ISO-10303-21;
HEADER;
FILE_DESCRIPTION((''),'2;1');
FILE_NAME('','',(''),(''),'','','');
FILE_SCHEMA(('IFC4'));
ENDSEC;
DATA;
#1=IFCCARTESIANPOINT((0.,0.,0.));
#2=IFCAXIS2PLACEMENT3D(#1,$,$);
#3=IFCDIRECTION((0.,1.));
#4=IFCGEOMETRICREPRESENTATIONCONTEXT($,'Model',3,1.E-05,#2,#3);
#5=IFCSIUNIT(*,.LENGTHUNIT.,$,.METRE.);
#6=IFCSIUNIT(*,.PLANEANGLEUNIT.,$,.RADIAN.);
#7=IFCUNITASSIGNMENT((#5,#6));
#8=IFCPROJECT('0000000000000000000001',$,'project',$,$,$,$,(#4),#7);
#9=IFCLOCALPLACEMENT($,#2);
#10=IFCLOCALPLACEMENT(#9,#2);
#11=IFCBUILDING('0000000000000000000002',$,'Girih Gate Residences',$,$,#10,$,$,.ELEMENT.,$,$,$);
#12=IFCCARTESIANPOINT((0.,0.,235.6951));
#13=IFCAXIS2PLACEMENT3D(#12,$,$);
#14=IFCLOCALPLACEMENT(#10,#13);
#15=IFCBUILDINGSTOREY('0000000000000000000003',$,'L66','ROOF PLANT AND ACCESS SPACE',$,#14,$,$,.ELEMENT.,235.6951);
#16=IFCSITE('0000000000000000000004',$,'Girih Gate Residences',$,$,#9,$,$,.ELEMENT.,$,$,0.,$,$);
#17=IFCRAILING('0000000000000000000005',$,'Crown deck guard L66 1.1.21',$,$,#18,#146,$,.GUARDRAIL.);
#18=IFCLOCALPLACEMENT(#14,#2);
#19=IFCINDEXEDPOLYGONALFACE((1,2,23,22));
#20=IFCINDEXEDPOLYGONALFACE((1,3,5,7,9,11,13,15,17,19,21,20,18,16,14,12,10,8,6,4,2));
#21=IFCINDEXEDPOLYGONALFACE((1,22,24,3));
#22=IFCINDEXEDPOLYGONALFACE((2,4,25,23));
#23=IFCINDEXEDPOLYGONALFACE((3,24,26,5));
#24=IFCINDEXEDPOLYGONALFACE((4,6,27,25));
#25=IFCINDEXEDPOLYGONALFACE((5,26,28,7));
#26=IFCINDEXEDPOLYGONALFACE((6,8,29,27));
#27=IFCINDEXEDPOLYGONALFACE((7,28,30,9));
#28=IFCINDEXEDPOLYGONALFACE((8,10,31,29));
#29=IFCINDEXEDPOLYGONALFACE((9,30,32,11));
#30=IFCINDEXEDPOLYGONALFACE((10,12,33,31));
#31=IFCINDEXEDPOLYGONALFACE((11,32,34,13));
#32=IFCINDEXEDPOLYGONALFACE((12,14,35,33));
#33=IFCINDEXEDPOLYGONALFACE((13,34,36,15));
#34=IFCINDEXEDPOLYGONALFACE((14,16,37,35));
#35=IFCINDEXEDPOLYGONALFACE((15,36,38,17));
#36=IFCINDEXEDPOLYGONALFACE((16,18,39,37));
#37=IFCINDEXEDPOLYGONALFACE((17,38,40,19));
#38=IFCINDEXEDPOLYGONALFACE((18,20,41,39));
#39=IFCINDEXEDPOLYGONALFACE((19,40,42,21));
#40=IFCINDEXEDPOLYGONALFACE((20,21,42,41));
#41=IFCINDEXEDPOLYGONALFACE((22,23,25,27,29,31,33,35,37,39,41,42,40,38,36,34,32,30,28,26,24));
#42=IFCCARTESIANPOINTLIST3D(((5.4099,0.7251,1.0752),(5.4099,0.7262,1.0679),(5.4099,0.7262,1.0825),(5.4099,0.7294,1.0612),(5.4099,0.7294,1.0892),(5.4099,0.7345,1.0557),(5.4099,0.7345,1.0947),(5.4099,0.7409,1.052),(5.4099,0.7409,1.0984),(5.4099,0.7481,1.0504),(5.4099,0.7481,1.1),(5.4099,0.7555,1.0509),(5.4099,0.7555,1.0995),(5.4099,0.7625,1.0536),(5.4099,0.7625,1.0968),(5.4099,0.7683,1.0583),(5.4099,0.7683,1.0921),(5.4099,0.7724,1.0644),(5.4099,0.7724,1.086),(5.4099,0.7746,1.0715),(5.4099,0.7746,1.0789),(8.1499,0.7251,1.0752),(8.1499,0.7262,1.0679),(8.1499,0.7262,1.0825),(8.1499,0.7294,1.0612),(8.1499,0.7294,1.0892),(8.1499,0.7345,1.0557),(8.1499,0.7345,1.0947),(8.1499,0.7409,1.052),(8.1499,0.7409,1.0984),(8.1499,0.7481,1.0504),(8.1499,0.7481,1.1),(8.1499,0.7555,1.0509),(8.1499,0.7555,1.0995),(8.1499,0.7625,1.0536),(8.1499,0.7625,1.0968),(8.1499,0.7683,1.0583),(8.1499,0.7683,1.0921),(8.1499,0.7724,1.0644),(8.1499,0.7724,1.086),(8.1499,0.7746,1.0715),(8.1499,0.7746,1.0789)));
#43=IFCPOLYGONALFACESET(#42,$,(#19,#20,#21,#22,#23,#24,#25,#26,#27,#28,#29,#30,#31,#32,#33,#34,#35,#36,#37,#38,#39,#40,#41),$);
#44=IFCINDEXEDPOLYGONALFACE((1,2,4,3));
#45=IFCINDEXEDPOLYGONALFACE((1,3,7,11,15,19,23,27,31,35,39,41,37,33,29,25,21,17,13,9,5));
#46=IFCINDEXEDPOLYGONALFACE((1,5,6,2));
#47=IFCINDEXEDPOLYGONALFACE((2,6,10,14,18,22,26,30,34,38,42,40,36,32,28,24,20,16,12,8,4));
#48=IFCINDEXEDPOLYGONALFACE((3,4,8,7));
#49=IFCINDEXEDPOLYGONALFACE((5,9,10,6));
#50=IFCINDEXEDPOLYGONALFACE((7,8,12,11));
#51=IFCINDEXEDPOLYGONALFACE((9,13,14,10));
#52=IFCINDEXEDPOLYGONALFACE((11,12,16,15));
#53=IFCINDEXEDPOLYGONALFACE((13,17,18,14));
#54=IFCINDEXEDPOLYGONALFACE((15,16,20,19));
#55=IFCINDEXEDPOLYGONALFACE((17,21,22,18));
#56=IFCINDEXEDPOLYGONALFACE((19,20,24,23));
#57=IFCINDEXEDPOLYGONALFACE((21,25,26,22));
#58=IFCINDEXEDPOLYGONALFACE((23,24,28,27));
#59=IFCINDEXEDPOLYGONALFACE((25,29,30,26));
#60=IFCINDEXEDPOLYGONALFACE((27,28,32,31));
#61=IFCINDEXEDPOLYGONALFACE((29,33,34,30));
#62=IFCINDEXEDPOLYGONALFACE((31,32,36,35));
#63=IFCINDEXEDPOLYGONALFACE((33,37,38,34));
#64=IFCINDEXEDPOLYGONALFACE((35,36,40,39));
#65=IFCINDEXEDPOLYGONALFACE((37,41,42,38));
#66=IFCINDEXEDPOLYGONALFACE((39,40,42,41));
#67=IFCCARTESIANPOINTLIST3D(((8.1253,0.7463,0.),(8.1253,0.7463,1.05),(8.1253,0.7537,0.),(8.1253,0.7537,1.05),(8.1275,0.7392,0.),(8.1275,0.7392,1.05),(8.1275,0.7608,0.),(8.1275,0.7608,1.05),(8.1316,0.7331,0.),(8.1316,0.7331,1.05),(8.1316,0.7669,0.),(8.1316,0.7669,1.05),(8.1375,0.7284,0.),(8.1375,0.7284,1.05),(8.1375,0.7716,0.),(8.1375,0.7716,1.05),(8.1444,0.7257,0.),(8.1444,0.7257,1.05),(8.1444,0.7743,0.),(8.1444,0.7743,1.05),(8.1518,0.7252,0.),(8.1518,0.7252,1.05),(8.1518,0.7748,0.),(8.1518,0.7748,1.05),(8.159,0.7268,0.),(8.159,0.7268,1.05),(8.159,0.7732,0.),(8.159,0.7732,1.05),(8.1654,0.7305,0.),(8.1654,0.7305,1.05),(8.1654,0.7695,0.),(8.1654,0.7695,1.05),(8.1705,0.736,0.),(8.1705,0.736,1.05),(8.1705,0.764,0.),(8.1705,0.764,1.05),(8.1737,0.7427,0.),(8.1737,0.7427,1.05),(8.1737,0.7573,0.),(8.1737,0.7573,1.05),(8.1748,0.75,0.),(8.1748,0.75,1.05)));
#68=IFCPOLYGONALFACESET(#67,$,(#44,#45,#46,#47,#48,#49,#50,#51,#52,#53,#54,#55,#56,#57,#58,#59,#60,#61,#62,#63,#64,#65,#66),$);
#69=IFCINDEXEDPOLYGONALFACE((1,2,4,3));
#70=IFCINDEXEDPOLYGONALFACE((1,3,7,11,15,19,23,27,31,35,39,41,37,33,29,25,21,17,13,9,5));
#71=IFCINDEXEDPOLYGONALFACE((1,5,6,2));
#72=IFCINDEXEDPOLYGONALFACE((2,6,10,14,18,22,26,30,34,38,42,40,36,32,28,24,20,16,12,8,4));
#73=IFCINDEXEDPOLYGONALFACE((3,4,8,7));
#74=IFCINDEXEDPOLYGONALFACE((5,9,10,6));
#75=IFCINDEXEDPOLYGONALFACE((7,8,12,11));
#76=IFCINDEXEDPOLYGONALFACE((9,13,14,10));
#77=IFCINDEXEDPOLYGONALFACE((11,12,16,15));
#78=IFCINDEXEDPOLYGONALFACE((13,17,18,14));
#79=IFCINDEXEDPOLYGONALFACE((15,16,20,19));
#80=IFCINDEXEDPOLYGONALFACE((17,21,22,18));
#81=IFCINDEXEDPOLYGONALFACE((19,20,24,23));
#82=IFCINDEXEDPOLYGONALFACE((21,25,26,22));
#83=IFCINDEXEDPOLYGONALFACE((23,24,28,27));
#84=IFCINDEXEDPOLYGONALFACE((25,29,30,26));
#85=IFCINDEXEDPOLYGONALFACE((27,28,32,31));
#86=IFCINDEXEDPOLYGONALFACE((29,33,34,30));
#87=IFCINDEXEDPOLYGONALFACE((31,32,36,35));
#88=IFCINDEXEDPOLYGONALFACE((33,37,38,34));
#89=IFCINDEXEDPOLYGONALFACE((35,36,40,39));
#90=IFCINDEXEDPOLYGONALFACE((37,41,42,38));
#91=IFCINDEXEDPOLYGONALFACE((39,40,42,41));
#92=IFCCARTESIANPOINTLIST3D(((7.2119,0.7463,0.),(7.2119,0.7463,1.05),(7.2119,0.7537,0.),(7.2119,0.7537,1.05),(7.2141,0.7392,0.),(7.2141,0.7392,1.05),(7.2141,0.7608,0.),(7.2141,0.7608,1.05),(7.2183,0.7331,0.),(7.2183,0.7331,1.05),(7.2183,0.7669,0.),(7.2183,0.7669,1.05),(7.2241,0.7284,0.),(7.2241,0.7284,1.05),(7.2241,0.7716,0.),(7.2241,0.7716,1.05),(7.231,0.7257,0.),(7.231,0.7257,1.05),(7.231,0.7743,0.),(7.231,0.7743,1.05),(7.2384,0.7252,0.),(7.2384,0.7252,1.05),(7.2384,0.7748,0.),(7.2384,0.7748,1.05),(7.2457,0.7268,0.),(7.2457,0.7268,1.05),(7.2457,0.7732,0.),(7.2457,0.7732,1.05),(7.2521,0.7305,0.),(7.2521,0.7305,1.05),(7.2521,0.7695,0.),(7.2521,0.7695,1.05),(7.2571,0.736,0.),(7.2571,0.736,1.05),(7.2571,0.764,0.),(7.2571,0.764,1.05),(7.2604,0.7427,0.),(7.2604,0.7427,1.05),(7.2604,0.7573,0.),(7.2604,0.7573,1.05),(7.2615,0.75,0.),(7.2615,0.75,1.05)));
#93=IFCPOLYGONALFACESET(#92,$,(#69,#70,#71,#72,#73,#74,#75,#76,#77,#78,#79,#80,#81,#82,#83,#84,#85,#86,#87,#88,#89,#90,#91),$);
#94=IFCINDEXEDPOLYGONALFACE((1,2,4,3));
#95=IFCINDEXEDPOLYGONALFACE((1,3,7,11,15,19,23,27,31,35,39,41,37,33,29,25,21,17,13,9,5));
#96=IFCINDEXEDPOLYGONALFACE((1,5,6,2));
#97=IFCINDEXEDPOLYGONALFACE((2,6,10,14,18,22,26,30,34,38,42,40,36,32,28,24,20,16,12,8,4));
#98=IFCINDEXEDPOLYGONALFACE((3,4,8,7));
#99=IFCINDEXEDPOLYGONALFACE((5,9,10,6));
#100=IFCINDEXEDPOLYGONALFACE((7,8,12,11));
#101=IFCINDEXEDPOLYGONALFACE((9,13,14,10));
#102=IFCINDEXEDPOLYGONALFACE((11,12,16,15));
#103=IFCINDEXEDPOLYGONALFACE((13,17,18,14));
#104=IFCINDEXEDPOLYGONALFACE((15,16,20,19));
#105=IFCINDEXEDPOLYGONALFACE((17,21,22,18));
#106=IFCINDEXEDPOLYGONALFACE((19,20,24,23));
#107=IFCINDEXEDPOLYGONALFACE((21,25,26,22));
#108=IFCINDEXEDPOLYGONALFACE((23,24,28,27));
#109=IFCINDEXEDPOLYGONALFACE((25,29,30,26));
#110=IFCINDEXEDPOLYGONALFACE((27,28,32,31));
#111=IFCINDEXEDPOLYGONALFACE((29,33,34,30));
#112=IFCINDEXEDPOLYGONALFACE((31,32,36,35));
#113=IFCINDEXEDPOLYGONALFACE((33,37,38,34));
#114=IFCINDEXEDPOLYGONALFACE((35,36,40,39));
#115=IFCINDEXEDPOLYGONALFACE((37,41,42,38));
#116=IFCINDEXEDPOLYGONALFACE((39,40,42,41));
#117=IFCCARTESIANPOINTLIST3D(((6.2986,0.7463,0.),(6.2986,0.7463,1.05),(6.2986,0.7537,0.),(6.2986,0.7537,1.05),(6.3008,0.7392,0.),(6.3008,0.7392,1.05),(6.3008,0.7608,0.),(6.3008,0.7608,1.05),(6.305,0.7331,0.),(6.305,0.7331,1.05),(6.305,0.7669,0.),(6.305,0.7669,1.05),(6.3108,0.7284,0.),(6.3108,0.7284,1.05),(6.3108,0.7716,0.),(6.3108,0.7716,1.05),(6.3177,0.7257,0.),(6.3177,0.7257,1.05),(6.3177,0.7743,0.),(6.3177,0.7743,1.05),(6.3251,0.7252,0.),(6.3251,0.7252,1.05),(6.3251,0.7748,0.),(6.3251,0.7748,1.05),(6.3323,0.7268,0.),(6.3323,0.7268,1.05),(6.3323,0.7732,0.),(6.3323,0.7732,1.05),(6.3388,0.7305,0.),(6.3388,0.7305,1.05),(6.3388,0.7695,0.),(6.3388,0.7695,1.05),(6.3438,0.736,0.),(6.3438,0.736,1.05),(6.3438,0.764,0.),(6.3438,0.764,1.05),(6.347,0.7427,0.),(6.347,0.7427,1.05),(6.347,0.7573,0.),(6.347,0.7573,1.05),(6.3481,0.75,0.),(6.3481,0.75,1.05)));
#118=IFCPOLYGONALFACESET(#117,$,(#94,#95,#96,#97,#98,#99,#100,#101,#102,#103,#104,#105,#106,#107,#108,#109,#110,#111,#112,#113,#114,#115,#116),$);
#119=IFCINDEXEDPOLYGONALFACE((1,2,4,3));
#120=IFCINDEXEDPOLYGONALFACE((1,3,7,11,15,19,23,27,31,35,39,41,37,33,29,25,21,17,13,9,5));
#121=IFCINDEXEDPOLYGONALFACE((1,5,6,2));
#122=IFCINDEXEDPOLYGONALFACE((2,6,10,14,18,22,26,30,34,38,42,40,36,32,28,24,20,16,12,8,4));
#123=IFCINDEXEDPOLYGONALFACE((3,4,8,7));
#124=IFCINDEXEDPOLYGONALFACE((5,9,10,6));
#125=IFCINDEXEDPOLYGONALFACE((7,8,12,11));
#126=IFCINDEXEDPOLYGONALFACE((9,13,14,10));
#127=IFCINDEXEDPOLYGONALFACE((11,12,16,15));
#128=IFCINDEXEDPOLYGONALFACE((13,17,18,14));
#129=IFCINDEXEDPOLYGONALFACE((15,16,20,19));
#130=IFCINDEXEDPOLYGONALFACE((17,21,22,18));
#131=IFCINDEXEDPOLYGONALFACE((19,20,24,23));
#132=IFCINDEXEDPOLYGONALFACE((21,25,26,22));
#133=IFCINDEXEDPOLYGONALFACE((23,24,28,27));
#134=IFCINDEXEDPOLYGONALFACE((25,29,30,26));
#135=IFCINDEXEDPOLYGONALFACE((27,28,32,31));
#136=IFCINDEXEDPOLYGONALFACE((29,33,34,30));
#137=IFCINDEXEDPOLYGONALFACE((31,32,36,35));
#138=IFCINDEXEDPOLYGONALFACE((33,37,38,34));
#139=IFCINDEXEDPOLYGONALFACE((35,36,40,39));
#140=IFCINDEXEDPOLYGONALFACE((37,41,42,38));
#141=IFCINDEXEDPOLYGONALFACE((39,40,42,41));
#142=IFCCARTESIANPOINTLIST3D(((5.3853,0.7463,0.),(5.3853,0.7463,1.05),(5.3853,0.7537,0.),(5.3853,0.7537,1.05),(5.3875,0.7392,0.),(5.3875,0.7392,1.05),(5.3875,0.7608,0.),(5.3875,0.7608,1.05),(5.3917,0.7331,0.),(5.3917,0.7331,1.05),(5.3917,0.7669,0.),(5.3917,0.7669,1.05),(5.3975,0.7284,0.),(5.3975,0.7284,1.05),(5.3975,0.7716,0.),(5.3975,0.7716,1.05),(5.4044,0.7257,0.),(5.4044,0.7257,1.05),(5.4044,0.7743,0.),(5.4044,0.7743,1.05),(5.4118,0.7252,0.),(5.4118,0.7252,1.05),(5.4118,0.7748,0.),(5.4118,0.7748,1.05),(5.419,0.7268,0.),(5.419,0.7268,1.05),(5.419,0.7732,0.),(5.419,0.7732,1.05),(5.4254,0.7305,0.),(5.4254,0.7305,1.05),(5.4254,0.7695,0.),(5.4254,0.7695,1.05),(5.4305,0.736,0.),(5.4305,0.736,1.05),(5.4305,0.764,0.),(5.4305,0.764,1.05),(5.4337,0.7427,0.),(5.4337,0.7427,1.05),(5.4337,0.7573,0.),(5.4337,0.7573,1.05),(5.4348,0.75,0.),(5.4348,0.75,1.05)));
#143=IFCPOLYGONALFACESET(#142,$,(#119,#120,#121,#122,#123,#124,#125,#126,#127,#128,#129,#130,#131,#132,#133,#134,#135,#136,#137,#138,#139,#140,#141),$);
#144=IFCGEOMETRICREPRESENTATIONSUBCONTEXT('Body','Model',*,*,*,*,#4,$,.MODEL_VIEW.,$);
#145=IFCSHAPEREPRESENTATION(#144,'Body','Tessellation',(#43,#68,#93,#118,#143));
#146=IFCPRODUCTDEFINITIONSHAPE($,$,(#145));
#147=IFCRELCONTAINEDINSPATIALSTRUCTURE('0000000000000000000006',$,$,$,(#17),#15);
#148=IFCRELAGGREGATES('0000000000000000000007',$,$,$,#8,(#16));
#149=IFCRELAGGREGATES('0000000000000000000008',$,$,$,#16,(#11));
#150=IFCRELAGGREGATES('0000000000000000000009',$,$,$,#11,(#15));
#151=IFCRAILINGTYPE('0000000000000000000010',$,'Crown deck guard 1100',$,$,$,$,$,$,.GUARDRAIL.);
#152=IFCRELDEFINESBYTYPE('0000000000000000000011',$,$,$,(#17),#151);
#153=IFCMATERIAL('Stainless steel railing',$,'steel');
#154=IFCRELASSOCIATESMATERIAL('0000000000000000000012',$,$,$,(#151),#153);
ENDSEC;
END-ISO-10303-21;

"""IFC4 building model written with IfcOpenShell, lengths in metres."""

from ifc_helpers import new_model, si_unit, direction, frame, origin, origin_2d, place, context, subcontext, project, spatial, circle, extrude, material, type_object, element, save


model = new_model("IFC4")

# Units and contexts
model_context = context("Model", 3, precision=1e-05, world=origin(), true_north=direction((0.0, 1.0)))
body_context = subcontext(model_context, "Body", "Model", "MODEL_VIEW")
ifc_project = project(units=[si_unit("LENGTHUNIT", "METRE"), si_unit("PLANEANGLEUNIT", "RADIAN")], contexts=[model_context])

# Site, building, storey
site_placement = place(None, origin())
site = spatial("IfcSite", under=ifc_project, at=site_placement, Name="Girih Gate Residences", CompositionType="ELEMENT", RefElevation=0.0)
building_placement = place(site_placement, origin())
building = spatial("IfcBuilding", under=site, at=building_placement, Name="Girih Gate Residences", CompositionType="ELEMENT")
storey_placement = place(building_placement, frame((0.0, 0.0, 235.6951)))
storey = spatial("IfcBuildingStorey", under=building, at=storey_placement, Name="L66", Description="ROOF PLANT AND ACCESS SPACE", CompositionType="ELEMENT", Elevation=235.6951)

# Railing
ifc_material_1 = material(Name="Stainless steel railing", Category="steel")
railing_type = type_object("IfcRailingType", Name="Crown deck guard 1100", PredefinedType="GUARDRAIL", material=ifc_material_1)
railing_1_placement = place(storey_placement, frame((8.1499, 0.75, 0.0)))
element("IfcRailing", 1, at=railing_1_placement, inside=storey, type_object=railing_type, Name="Crown deck guard L66 1.1.21", PredefinedType="GUARDRAIL", context=body_context, shape_type="SweptSolid", body=[
    extrude(circle(Radius=0.0249, at=origin_2d()), frame((0.0, 0.0, 1.0752), z_axis=(-1.0, 0.0, 0.0), x_axis=(0.0, -1.0, 0.0)), (0.0, 0.0, 1.0), 2.74),
    extrude(circle(Radius=0.0249, at=origin_2d()), origin(), (0.0, 0.0, 1.0), 1.05),
    extrude(circle(Radius=0.0249, at=origin_2d()), frame((-0.9133, 0.0, 0.0)), (0.0, 0.0, 1.0), 1.05),
    extrude(circle(Radius=0.0249, at=origin_2d()), frame((-1.8267, 0.0, 0.0)), (0.0, 0.0, 1.0), 1.05),
    extrude(circle(Radius=0.0249, at=origin_2d()), frame((-2.74, 0.0, 0.0)), (0.0, 0.0, 1.0), 1.05),
])

save(model, "model.ifc")
